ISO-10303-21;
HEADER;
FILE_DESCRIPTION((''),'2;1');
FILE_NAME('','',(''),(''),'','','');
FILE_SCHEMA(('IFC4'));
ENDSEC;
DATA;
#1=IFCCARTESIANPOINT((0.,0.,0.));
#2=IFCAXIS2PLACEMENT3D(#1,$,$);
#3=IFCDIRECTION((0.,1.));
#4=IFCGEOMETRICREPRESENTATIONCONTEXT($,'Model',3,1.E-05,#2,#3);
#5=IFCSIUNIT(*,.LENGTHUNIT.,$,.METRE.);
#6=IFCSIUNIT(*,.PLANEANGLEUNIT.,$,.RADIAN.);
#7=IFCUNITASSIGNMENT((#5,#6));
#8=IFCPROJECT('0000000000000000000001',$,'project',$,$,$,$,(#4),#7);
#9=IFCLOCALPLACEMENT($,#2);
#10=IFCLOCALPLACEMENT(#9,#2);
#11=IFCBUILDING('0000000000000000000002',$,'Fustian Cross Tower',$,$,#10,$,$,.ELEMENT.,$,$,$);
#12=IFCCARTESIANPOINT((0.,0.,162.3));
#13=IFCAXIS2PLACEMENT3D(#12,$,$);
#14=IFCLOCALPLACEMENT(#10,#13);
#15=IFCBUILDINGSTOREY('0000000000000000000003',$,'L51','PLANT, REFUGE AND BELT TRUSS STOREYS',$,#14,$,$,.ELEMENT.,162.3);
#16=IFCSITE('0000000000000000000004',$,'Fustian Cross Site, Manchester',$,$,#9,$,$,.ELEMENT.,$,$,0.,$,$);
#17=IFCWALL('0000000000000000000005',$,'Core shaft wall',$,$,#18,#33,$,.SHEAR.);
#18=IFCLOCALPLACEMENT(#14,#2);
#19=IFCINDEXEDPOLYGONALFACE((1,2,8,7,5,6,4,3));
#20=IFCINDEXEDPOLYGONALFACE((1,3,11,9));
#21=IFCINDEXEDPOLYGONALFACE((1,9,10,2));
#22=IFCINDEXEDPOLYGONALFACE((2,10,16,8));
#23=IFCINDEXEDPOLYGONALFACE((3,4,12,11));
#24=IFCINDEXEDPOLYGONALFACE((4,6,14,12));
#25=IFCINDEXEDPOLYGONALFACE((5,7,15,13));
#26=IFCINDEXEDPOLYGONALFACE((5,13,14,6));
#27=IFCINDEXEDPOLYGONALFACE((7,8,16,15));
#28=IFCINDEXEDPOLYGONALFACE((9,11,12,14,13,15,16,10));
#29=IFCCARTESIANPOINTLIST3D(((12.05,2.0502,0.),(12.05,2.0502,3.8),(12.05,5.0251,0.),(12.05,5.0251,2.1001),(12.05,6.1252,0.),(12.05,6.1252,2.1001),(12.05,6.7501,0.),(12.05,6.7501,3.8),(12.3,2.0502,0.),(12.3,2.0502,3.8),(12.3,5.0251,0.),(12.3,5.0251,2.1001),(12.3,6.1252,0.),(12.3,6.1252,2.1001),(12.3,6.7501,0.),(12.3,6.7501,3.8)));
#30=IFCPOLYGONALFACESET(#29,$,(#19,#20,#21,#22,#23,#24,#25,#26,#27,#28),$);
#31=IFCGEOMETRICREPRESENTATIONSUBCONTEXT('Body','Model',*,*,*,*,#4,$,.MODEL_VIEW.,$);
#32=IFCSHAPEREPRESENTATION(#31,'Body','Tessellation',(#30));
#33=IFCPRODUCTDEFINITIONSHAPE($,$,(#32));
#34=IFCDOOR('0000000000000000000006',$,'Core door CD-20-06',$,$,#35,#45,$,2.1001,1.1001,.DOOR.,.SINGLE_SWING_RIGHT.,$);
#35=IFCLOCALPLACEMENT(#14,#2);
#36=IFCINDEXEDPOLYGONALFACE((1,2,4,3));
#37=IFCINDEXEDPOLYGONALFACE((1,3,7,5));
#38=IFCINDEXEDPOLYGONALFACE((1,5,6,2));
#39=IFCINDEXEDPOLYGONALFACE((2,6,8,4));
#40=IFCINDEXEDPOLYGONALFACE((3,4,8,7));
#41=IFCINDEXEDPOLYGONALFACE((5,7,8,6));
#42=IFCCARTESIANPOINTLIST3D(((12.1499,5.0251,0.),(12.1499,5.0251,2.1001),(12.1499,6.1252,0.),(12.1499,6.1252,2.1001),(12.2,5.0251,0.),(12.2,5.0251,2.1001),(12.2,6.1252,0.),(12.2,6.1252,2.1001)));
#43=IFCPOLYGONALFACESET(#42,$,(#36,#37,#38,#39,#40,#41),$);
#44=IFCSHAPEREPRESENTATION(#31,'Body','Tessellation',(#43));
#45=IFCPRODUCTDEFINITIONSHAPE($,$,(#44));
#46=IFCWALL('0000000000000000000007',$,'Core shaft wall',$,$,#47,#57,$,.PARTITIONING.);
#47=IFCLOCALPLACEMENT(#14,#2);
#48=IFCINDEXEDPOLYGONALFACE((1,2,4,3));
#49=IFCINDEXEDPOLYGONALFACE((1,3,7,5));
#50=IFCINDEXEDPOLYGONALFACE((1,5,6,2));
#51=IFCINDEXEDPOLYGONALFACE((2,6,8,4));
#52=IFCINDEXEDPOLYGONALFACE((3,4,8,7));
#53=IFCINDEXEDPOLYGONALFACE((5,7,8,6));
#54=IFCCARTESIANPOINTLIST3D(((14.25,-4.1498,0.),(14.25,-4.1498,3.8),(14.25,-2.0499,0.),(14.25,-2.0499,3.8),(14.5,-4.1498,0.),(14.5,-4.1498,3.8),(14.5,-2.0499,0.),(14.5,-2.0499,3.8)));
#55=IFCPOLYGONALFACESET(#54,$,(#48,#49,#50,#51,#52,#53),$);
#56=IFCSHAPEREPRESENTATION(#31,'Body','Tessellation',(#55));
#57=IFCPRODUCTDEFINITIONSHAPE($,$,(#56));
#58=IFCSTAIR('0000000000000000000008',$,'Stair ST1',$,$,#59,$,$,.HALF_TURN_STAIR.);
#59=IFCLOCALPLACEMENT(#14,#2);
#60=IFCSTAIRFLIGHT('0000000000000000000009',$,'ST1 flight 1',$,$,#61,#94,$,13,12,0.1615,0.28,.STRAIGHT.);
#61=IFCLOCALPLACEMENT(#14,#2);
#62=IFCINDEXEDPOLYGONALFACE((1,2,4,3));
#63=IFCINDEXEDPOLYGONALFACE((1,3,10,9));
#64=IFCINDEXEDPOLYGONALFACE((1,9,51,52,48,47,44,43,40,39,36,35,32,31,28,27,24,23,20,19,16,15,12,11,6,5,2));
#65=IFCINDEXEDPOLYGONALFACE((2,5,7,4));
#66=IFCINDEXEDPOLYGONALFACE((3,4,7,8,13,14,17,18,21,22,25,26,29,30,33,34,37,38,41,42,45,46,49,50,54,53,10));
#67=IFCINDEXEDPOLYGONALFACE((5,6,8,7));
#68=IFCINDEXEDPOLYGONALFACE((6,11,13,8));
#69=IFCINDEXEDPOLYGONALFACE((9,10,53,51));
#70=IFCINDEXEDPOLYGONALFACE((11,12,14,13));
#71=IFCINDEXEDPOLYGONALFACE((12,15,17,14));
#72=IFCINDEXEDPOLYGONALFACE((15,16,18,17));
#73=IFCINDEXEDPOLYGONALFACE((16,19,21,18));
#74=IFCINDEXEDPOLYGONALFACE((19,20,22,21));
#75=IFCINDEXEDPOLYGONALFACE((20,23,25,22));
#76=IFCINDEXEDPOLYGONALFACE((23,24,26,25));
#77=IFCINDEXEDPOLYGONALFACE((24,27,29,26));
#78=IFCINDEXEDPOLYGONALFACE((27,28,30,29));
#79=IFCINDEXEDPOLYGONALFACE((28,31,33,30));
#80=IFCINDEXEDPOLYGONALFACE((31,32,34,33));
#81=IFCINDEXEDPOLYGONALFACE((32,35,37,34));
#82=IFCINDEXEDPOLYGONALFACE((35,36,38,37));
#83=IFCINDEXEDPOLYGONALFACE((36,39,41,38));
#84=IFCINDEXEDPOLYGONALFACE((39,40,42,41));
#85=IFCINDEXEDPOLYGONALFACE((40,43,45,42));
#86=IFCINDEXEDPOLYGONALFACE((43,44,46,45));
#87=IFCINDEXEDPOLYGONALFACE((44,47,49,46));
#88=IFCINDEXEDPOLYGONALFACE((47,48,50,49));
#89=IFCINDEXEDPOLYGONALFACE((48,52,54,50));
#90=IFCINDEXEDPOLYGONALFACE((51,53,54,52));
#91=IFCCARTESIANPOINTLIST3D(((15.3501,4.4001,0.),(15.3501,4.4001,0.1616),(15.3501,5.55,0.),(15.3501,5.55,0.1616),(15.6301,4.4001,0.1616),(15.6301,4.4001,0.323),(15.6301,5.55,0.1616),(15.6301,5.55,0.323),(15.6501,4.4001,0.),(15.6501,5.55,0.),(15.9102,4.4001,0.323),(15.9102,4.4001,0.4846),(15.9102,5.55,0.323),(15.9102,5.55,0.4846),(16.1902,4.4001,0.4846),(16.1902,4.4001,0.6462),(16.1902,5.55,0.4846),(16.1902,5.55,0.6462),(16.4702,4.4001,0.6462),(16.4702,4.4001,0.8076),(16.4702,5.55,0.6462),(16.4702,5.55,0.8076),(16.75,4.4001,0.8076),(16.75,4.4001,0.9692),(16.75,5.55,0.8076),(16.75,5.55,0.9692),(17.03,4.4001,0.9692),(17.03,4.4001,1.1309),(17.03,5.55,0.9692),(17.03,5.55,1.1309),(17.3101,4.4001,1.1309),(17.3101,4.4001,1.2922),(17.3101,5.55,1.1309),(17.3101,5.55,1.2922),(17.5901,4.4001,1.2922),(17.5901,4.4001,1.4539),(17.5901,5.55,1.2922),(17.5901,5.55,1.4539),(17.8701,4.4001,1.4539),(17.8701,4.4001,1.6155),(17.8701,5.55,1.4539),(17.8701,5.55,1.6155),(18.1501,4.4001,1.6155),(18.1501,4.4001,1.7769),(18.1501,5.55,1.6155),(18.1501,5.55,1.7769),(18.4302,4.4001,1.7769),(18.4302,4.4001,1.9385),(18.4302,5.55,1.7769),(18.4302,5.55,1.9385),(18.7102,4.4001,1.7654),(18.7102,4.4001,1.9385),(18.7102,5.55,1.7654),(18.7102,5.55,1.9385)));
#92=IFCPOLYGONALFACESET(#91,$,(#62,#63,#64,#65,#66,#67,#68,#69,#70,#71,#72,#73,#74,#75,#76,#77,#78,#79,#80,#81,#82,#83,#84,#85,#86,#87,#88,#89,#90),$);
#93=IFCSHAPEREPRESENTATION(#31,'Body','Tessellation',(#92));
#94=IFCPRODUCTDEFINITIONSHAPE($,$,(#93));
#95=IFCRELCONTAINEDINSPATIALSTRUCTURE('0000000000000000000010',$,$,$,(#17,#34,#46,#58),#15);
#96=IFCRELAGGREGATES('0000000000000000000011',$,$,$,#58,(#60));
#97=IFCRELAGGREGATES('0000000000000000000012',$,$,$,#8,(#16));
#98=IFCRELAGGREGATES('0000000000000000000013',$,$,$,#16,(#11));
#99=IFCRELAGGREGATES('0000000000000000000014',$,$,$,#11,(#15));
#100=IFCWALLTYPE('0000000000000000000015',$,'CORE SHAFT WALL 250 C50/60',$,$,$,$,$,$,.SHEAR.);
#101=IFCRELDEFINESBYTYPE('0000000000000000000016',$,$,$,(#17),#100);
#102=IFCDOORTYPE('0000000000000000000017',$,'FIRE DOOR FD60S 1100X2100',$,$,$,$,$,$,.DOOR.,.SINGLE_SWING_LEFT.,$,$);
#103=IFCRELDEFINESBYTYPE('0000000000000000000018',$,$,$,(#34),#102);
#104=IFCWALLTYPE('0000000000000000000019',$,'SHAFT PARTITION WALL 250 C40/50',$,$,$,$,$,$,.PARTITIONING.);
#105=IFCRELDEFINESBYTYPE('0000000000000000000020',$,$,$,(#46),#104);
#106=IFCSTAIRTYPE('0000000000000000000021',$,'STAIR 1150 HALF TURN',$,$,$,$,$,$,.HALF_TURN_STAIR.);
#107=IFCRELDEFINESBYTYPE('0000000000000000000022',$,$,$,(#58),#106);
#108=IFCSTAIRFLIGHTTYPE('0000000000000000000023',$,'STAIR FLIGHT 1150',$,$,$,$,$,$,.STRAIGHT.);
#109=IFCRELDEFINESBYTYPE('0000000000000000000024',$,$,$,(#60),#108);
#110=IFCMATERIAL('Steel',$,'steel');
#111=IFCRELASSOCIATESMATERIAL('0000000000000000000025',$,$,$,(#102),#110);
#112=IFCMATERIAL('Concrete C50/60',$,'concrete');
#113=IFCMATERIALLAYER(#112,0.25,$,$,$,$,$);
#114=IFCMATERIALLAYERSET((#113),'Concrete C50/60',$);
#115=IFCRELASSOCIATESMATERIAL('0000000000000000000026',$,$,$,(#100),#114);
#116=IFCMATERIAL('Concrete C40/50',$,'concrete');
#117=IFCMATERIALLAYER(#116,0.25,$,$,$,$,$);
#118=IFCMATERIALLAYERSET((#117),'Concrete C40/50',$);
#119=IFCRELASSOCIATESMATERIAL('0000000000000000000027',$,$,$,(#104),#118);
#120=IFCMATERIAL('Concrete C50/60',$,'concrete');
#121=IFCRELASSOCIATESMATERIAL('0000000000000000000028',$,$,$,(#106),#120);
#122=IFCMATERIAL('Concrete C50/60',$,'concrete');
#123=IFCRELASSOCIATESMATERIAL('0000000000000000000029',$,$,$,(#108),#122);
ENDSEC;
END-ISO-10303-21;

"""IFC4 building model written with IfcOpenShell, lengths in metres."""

from ifc_helpers import new_model, si_unit, direction, frame, frame_2d, origin, place, context, subcontext, project, spatial, polyline, rectangle, outline, extrude, material, layer, layer_set, type_object, element, fill, aggregate, save


model = new_model("IFC4")

# Units and contexts
model_context = context("Model", 3, precision=1e-05, world=origin(), true_north=direction((0.0, 1.0)))
body_context = subcontext(model_context, "Body", "Model", "MODEL_VIEW")
ifc_project = project(units=[si_unit("LENGTHUNIT", "METRE"), si_unit("PLANEANGLEUNIT", "RADIAN")], contexts=[model_context])

# Site, building, storey
site_placement = place(None, origin())
site = spatial("IfcSite", under=ifc_project, at=site_placement, Name="Fustian Cross Site, Manchester", CompositionType="ELEMENT", RefElevation=0.0)
building_placement = place(site_placement, origin())
building = spatial("IfcBuilding", under=site, at=building_placement, Name="Fustian Cross Tower", CompositionType="ELEMENT")
storey_placement = place(building_placement, frame((0.0, 0.0, 162.3)))
storey = spatial("IfcBuildingStorey", under=building, at=storey_placement, Name="L51", Description="PLANT, REFUGE AND BELT TRUSS STOREYS", CompositionType="ELEMENT", Elevation=162.3)

# Shared definitions
ifc_material_1 = material(Name="Steel", Category="steel")
door_type_1 = type_object("IfcDoorType", Name="FIRE DOOR FD60S 1100X2100", OperationType="SINGLE_SWING_LEFT", PredefinedType="DOOR", material=ifc_material_1)

# Shared definitions
ifc_material_2 = material(Name="Concrete C50/60", Category="concrete")
ifc_layer_1 = layer(ifc_material_2, 0.25)
ifc_layer_set_1 = layer_set([ifc_layer_1], Name="Concrete C50/60")
wall_type_1 = type_object("IfcWallType", Name="CORE SHAFT WALL 250 C50/60", PredefinedType="SHEAR", material=ifc_layer_set_1)

# Wall, opening, door
wall_1_placement = place(storey_placement, frame((12.175, 2.05, 0.0), z_axis=(0.0, 0.0, 1.0), x_axis=(0.0, 1.0, 0.0)))
wall_1 = element("IfcWall", 1, at=wall_1_placement, inside=storey, type_object=wall_type_1, Name="Core shaft wall", PredefinedType="SHEAR", context=body_context, shape_type="SweptSolid", body=[
    extrude(rectangle(XDim=4.7, YDim=0.25, at=frame_2d((2.3501, 0.0))), origin(), (0.0, 0.0, 1.0), 3.8),
])
opening_1_placement = place(wall_1_placement, frame((2.9751, 0.0, 0.0)))
opening_1 = element("IfcOpeningElement", 2, at=opening_1_placement, cuts=wall_1, PredefinedType="OPENING", context=body_context, shape_type="SweptSolid", body=[
    extrude(rectangle(XDim=1.1001, YDim=2.1001, at=frame_2d((0.55, 1.05))), frame((0.0, 0.135, 0.0), z_axis=(0.0, -1.0, 0.0), x_axis=(1.0, 0.0, 0.0)), (0.0, 0.0, 1.0), 0.27),
])
door_1_placement = place(opening_1_placement, frame((1.1001, 0.0, 0.0), z_axis=(0.0, 0.0, 1.0), x_axis=(-1.0, 0.0, 0.0)))
door_1 = element("IfcDoor", 3, at=door_1_placement, inside=storey, type_object=door_type_1, Name="Core door CD-20-06", OperationType="SINGLE_SWING_RIGHT", OverallHeight=2.1001, OverallWidth=1.1001, PredefinedType="DOOR", context=body_context, shape_type="SweptSolid", body=[
    extrude(rectangle(XDim=1.1001, YDim=2.1001, at=frame_2d((0.55, 1.05))), frame((0.0, 0.0249, 0.0), z_axis=(0.0, -1.0, 0.0), x_axis=(1.0, 0.0, 0.0)), (0.0, 0.0, 1.0), 0.05),
])
fill(opening_1, door_1)

# Wall
ifc_material_3 = material(Name="Concrete C40/50", Category="concrete")
ifc_layer_2 = layer(ifc_material_3, 0.25)
ifc_layer_set_2 = layer_set([ifc_layer_2], Name="Concrete C40/50")
wall_type_2 = type_object("IfcWallType", Name="SHAFT PARTITION WALL 250 C40/50", PredefinedType="PARTITIONING", material=ifc_layer_set_2)
wall_2_placement = place(storey_placement, frame((14.375, -2.05, 0.0), z_axis=(0.0, 0.0, 1.0), x_axis=(0.0, -1.0, 0.0)))
element("IfcWall", 4, at=wall_2_placement, inside=storey, type_object=wall_type_2, Name="Core shaft wall", PredefinedType="PARTITIONING", context=body_context, shape_type="SweptSolid", body=[
    extrude(rectangle(XDim=2.0999, YDim=0.25, at=frame_2d((1.0498, 0.0))), origin(), (0.0, 0.0, 1.0), 3.8),
])

# Stair, stair flight
ifc_material_4 = material(Name="Concrete C50/60", Category="concrete")
stair_type = type_object("IfcStairType", Name="STAIR 1150 HALF TURN", PredefinedType="HALF_TURN_STAIR", material=ifc_material_4)
stair_placement = place(storey_placement, origin())
stair = element("IfcStair", 5, at=stair_placement, inside=storey, type_object=stair_type, Name="Stair ST1", PredefinedType="HALF_TURN_STAIR")
ifc_material_5 = material(Name="Concrete C50/60", Category="concrete")
stair_flight_type = type_object("IfcStairFlightType", Name="STAIR FLIGHT 1150", PredefinedType="STRAIGHT", material=ifc_material_5)
stair_flight_placement = place(storey_placement, frame((15.3501, 4.9751, 0.0), z_axis=(0.0, 0.0, 1.0), x_axis=(1.0, 0.0, 0.0)))
stair_flight = element("IfcStairFlight", 6, at=stair_flight_placement, type_object=stair_flight_type, Name="ST1 flight 1", NumberOfRisers=13, NumberOfTreads=12, PredefinedType="STRAIGHT", RiserHeight=0.1615, TreadLength=0.28, context=body_context, shape_type="SweptSolid", body=[
    extrude(outline(polyline([(0.0, 0.0), (0.0, 0.1616), (0.28, 0.1616), (0.28, 0.323), (0.5601, 0.323), (0.5601, 0.4846), (0.8401, 0.4846), (0.8401, 0.6462), (1.1201, 0.6462), (1.1201, 0.8076), (1.3999, 0.8076), (1.3999, 0.9692), (1.6799, 0.9692), (1.6799, 1.1309), (1.96, 1.1309), (1.96, 1.2922), (2.24, 1.2922), (2.24, 1.4539), (2.52, 1.4539), (2.52, 1.6155), (2.8, 1.6155), (2.8, 1.7769), (3.0801, 1.7769), (3.0801, 1.9385), (3.3601, 1.9385), (3.3601, 2.1001), (3.3601, 1.7654), (0.3, 0.0), (0.0, 0.0)])), frame((0.0, 0.575, 0.0), z_axis=(0.0, -1.0, 0.0), x_axis=(1.0, 0.0, 0.0)), (0.0, 0.0, 1.0), 1.1499),
])
aggregate(stair, [stair_flight])

save(model, "model.ifc")
